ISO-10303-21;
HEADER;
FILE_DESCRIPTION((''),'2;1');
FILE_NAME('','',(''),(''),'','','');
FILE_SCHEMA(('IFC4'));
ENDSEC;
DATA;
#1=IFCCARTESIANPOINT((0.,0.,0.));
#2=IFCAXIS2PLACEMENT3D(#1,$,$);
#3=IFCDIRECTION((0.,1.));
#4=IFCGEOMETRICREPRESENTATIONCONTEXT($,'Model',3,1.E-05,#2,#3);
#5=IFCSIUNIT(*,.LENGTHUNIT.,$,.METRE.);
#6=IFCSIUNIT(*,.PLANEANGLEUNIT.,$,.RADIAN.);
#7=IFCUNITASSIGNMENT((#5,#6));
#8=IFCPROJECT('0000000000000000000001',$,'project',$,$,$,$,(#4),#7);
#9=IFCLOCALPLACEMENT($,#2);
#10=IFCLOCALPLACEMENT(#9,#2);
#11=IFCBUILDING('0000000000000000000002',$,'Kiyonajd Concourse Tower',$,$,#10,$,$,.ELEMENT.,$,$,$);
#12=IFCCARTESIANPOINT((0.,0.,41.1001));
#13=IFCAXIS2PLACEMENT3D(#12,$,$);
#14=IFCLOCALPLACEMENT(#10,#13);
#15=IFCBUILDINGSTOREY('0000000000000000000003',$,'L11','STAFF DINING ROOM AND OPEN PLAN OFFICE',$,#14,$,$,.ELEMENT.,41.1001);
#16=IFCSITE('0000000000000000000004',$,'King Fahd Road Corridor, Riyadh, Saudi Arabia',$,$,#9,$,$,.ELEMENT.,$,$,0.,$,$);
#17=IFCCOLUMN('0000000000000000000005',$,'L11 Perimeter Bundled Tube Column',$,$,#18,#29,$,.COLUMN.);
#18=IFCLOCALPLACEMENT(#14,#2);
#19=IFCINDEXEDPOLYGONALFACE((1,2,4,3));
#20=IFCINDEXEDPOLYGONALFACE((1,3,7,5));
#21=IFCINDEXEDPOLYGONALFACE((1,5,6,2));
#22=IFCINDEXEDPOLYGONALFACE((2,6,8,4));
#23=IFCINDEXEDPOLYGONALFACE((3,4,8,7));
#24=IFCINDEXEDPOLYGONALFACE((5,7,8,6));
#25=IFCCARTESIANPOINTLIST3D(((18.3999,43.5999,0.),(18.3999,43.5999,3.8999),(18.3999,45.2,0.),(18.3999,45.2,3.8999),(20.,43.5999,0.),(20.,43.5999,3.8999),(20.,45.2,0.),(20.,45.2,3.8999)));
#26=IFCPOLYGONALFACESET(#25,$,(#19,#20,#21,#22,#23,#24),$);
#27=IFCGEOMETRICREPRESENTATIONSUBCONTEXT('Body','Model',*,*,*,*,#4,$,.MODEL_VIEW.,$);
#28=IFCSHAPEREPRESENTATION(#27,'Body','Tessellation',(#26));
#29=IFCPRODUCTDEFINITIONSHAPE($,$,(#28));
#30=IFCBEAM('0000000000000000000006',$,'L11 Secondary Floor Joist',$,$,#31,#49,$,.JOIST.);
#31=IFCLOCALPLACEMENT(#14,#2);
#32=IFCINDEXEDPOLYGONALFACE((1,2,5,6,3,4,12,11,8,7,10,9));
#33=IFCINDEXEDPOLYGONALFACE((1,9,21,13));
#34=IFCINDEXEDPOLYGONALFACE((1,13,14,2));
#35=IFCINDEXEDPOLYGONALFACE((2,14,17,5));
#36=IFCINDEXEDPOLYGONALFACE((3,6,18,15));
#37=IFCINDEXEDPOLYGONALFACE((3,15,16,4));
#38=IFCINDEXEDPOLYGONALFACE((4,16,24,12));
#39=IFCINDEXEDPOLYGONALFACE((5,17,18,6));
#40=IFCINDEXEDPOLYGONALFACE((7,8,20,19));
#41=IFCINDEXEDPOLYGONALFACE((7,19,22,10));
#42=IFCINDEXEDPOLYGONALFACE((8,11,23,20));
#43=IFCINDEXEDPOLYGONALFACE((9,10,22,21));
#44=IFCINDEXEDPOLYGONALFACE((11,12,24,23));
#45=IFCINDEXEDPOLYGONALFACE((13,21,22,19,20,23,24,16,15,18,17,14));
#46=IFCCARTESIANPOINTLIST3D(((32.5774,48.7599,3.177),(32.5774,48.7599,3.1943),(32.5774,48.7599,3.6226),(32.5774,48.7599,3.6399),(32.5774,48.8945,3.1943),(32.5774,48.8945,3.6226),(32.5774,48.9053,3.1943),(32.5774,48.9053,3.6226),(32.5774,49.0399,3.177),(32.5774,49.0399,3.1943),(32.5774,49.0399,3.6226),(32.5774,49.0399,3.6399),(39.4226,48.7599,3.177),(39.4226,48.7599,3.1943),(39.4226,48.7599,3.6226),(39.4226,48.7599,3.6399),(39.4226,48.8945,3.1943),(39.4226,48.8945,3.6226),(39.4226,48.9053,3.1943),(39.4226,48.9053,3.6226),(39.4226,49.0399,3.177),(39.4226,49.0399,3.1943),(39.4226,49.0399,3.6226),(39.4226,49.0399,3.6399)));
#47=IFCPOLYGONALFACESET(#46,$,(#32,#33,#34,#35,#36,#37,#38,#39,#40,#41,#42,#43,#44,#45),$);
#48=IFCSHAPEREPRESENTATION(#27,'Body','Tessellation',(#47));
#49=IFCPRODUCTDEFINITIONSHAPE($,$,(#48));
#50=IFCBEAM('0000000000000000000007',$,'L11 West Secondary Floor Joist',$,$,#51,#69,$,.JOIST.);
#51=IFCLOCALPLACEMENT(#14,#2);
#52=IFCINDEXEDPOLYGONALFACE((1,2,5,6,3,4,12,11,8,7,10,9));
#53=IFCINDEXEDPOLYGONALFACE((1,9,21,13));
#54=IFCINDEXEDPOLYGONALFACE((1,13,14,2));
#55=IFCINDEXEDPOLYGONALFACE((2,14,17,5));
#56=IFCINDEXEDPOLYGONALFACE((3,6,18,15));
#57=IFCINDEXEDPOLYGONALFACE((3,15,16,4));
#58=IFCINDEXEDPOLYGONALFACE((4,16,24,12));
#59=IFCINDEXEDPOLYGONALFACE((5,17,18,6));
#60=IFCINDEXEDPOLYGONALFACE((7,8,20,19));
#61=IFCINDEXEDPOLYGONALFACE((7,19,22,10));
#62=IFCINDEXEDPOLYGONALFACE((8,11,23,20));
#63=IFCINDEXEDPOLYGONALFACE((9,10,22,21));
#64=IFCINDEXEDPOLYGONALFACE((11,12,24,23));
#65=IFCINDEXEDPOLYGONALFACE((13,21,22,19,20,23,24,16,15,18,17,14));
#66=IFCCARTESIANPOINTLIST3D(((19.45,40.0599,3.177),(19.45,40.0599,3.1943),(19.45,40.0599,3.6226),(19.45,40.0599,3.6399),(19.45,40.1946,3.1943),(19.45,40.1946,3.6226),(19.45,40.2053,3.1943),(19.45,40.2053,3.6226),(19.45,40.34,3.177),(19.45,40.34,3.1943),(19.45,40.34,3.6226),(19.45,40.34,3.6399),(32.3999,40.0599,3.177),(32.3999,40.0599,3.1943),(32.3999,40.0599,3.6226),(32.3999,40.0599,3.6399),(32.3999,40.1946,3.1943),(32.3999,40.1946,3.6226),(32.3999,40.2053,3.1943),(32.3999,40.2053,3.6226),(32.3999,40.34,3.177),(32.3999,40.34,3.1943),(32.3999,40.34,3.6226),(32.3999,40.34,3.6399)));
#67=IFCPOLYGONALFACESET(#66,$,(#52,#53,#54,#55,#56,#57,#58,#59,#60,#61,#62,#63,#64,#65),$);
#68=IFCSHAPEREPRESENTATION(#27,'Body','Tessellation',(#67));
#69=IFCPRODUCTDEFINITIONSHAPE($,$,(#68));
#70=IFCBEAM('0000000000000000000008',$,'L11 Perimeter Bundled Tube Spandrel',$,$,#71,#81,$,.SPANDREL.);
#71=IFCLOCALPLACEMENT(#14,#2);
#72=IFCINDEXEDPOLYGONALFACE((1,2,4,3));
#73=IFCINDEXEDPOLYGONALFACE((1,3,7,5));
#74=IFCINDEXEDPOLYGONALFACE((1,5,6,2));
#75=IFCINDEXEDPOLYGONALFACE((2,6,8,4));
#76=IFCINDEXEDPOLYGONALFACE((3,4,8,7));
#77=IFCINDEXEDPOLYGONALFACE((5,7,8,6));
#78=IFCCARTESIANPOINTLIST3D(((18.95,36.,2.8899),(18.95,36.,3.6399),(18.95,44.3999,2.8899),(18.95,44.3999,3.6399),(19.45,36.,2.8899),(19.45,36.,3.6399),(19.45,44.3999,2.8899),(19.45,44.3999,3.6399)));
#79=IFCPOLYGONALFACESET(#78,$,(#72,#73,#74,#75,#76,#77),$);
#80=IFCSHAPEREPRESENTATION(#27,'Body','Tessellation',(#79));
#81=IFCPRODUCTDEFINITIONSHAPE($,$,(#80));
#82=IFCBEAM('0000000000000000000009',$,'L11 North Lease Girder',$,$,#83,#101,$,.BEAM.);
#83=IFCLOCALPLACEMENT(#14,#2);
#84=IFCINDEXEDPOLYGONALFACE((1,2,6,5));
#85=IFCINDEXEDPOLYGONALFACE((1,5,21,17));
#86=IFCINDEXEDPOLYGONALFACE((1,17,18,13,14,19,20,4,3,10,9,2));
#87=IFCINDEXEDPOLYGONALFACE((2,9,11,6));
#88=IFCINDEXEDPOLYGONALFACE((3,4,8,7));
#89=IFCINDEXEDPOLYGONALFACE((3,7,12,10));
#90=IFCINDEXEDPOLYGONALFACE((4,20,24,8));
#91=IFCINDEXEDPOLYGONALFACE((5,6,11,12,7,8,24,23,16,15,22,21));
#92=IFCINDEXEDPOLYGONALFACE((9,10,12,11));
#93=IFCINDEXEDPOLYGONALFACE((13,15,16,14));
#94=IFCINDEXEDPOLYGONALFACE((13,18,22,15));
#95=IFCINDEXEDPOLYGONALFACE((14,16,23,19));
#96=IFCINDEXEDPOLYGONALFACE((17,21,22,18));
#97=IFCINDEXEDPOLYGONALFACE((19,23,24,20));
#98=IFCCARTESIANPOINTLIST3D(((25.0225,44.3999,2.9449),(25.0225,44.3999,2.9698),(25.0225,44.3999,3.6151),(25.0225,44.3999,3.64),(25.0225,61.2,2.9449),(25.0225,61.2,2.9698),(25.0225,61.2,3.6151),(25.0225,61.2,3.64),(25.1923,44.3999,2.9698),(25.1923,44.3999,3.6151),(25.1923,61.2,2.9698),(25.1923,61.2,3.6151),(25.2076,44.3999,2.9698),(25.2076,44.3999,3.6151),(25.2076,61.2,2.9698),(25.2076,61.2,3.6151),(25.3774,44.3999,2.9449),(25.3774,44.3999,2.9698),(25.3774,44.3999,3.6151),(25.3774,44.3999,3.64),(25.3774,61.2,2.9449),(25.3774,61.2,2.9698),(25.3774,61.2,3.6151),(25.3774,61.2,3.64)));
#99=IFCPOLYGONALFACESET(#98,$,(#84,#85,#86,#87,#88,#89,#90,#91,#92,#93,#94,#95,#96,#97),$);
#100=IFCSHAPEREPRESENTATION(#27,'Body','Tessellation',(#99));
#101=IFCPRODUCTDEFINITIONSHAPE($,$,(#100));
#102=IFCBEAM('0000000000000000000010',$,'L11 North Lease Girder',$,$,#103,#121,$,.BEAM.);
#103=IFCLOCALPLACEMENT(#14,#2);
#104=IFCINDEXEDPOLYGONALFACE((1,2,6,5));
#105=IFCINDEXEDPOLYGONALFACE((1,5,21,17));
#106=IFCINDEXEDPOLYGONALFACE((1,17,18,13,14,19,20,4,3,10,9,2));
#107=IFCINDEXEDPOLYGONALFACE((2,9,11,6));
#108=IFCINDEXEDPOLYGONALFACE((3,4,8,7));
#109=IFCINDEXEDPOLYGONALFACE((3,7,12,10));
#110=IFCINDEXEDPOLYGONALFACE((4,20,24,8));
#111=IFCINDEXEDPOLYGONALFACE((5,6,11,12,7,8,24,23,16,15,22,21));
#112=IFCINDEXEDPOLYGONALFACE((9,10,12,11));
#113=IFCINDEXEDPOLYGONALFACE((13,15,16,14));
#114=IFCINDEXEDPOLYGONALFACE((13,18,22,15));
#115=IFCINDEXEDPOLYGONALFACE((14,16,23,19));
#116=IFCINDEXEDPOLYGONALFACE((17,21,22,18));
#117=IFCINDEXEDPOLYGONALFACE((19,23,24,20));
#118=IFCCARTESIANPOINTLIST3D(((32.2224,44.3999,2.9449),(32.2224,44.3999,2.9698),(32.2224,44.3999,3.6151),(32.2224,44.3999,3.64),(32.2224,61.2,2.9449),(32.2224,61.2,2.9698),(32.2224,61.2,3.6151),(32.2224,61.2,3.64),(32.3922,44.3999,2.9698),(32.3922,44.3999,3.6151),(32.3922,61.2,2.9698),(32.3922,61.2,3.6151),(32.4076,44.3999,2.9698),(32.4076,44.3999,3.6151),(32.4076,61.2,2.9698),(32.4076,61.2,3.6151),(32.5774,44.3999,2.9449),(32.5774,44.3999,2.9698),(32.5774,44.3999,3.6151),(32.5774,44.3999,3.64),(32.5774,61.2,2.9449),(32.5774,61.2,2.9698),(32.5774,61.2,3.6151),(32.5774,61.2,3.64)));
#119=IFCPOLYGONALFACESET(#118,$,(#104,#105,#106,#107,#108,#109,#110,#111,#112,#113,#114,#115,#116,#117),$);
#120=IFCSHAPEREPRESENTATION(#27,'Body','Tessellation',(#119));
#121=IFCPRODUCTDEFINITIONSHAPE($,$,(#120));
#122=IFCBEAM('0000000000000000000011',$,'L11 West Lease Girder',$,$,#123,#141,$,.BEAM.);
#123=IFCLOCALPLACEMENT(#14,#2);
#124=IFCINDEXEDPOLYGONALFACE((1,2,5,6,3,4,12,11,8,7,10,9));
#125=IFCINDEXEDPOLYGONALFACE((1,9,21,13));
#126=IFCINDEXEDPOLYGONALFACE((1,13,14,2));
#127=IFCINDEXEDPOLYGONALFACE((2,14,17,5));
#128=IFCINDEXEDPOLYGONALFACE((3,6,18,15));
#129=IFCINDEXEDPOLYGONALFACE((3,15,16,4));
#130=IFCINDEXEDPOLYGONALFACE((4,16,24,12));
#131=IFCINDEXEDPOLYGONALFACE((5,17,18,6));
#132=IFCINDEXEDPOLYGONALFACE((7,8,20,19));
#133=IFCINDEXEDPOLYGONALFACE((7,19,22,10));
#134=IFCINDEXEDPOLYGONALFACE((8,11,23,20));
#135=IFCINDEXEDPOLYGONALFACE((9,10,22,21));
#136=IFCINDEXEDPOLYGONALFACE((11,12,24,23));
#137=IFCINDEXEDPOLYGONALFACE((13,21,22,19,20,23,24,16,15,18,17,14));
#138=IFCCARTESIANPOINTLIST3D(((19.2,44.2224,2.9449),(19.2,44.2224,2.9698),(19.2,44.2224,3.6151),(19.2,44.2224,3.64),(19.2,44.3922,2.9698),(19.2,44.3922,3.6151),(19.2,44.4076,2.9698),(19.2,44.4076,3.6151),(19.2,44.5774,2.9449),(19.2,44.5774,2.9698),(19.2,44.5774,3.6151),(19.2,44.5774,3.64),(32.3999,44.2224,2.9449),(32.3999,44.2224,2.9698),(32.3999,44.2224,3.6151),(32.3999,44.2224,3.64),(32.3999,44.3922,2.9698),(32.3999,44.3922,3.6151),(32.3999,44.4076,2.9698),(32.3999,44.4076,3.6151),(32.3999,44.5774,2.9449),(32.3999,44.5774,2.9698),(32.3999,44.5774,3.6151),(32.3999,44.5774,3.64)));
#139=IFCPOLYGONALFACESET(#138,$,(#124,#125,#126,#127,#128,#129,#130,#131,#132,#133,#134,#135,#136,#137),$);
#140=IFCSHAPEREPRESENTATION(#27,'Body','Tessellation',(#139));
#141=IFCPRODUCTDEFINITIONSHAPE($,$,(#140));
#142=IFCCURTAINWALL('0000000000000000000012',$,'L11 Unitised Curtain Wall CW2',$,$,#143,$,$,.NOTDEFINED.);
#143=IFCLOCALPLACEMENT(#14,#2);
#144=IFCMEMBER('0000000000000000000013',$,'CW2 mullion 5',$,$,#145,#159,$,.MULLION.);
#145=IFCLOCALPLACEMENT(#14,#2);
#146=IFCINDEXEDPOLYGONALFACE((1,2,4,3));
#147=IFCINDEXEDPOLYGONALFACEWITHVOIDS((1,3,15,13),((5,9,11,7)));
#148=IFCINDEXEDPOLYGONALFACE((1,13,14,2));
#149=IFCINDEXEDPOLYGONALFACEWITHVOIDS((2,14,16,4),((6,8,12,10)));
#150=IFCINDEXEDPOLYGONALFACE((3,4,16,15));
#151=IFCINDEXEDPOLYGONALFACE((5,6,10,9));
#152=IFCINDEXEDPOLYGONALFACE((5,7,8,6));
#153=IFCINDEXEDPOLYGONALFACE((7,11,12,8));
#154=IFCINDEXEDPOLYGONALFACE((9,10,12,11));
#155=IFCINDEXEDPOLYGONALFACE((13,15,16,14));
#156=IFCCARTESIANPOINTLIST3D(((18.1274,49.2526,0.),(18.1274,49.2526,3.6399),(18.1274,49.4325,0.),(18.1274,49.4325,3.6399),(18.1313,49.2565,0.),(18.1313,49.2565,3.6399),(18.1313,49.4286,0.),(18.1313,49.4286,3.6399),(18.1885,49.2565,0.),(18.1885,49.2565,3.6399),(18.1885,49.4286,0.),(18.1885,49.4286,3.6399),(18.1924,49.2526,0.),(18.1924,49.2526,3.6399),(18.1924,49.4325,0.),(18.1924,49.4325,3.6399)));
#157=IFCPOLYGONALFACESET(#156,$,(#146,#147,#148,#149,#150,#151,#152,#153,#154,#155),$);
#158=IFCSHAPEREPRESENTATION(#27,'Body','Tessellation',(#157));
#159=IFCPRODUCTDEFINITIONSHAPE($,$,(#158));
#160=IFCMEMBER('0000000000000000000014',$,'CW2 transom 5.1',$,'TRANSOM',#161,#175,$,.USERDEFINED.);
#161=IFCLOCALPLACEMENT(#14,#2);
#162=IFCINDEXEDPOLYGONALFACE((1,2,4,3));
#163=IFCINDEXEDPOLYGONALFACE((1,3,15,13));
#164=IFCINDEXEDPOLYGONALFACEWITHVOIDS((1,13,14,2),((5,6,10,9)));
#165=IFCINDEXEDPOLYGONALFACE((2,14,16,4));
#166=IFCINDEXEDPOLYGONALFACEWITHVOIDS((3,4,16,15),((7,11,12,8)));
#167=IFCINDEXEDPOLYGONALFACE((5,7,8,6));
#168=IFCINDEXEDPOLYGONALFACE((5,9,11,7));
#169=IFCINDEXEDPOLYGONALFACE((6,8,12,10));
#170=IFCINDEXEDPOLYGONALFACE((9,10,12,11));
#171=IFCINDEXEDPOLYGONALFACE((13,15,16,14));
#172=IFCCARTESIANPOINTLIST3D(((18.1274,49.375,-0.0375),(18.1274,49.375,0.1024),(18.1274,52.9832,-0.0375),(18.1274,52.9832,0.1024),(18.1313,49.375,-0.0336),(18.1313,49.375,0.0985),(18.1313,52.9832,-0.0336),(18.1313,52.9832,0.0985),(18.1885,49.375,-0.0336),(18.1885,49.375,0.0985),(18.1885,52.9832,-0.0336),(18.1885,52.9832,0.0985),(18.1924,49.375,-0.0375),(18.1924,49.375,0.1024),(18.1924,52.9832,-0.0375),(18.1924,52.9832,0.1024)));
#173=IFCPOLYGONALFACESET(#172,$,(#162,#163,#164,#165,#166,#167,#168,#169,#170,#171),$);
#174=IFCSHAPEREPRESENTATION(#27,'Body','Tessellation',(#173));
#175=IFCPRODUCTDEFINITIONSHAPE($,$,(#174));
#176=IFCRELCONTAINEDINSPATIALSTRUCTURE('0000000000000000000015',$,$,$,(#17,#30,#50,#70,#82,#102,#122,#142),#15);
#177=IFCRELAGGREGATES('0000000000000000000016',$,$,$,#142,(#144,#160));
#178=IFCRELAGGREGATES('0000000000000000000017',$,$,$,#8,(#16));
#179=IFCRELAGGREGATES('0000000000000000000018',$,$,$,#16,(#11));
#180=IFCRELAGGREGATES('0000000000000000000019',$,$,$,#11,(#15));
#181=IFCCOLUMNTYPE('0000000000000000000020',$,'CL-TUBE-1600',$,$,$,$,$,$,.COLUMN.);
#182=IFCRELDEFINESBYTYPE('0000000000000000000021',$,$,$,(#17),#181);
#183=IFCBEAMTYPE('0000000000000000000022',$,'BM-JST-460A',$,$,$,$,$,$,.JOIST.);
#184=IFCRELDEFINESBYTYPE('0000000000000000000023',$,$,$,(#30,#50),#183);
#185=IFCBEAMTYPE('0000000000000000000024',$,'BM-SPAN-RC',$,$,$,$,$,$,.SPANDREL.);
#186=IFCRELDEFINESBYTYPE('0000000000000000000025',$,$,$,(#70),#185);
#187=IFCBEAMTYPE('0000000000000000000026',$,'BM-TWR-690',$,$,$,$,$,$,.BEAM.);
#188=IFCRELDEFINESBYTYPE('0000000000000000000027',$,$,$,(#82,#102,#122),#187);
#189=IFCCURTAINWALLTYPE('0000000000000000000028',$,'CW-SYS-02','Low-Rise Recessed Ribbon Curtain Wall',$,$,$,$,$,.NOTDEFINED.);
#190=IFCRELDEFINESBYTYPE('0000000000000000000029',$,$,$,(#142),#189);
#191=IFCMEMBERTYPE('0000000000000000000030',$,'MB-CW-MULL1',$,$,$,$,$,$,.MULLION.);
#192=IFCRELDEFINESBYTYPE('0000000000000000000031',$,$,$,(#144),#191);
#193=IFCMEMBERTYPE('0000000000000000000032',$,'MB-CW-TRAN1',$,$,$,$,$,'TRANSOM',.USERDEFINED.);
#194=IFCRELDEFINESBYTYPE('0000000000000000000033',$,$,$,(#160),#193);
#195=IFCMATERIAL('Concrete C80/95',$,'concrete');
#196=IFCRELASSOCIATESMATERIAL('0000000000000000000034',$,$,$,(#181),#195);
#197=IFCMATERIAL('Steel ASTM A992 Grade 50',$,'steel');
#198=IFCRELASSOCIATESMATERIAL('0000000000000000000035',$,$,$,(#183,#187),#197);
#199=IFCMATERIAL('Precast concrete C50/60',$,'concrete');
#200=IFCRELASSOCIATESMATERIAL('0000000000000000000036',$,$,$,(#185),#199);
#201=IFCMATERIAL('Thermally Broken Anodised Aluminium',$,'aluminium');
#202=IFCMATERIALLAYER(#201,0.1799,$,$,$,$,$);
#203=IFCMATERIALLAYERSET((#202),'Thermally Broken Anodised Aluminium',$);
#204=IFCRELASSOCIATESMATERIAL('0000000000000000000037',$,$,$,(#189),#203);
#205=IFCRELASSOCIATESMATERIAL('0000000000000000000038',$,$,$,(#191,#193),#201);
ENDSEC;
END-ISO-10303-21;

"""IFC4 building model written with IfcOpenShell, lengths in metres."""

from ifc_helpers import new_model, si_unit, direction, frame, origin, origin_2d, place, context, subcontext, project, spatial, rectangle, hollow_rectangle, i_section, extrude, material, layer, layer_set, material_profile, profile_set, type_object, element, aggregate, save


model = new_model("IFC4")

# Units and contexts
model_context = context("Model", 3, precision=1e-05, world=origin(), true_north=direction((0.0, 1.0)))
body_context = subcontext(model_context, "Body", "Model", "MODEL_VIEW")
ifc_project = project(units=[si_unit("LENGTHUNIT", "METRE"), si_unit("PLANEANGLEUNIT", "RADIAN")], contexts=[model_context])

# Site, building, storey
site_placement = place(None, origin())
site = spatial("IfcSite", under=ifc_project, at=site_placement, Name="King Fahd Road Corridor, Riyadh, Saudi Arabia", CompositionType="ELEMENT", RefElevation=0.0)
building_placement = place(site_placement, origin())
building = spatial("IfcBuilding", under=site, at=building_placement, Name="Kiyonajd Concourse Tower", CompositionType="ELEMENT")
storey_placement = place(building_placement, frame((0.0, 0.0, 41.1001)))
storey = spatial("IfcBuildingStorey", under=building, at=storey_placement, Name="L11", Description="STAFF DINING ROOM AND OPEN PLAN OFFICE", CompositionType="ELEMENT", Elevation=41.1001)

# Column
ifc_material_1 = material(Name="Concrete C80/95", Category="concrete")
ifc_material_profile_1 = material_profile(ifc_material_1, rectangle(XDim=1.6001, YDim=1.6001, at=origin_2d()), Name="RC-1600x1600")
ifc_profile_set_1 = profile_set([ifc_material_profile_1], Name="Concrete C80/95")
column_type = type_object("IfcColumnType", Name="CL-TUBE-1600", PredefinedType="COLUMN", material=ifc_profile_set_1)
column_placement = place(storey_placement, frame((19.2, 44.3999, 0.0), z_axis=(0.0, 0.0, 1.0), x_axis=(1.0, 0.0, 0.0)))
element("IfcColumn", 1, at=column_placement, inside=storey, type_object=column_type, Name="L11 Perimeter Bundled Tube Column", PredefinedType="COLUMN", context=body_context, shape_type="SweptSolid", body=[
    extrude(rectangle(XDim=1.6001, YDim=1.6001, at=origin_2d()), origin(), (0.0, 0.0, 1.0), 3.8999),
])

# Beams
ifc_material_2 = material(Name="Steel ASTM A992 Grade 50", Category="steel")
ifc_material_profile_2 = material_profile(ifc_material_2, i_section(OverallWidth=0.28, OverallDepth=0.4629, WebThickness=0.0107, FlangeThickness=0.0173, at=origin_2d()), Name="W460X113")
ifc_profile_set_2 = profile_set([ifc_material_profile_2], Name="Steel ASTM A992 Grade 50")
beam_type_1 = type_object("IfcBeamType", Name="BM-JST-460A", PredefinedType="JOIST", material=ifc_profile_set_2)
beam_1_placement = place(storey_placement, frame((32.5774, 48.8999, 3.4084), z_axis=(1.0, 0.0, 0.0), x_axis=(0.0, 1.0, 0.0)))
element("IfcBeam", 2, at=beam_1_placement, inside=storey, type_object=beam_type_1, Name="L11 Secondary Floor Joist", PredefinedType="JOIST", context=body_context, shape_type="SweptSolid", body=[
    extrude(i_section(OverallWidth=0.28, OverallDepth=0.4629, WebThickness=0.0107, FlangeThickness=0.0173, at=origin_2d()), origin(), (0.0, 0.0, 1.0), 6.8452),
])
beam_2_placement = place(storey_placement, frame((19.45, 40.2, 3.4084), z_axis=(1.0, 0.0, 0.0), x_axis=(0.0, 1.0, 0.0)))
element("IfcBeam", 3, at=beam_2_placement, inside=storey, type_object=beam_type_1, Name="L11 West Secondary Floor Joist", PredefinedType="JOIST", context=body_context, shape_type="SweptSolid", body=[
    extrude(i_section(OverallWidth=0.28, OverallDepth=0.4629, WebThickness=0.0107, FlangeThickness=0.0173, at=origin_2d()), origin(), (0.0, 0.0, 1.0), 12.95),
])
ifc_material_3 = material(Name="Precast concrete C50/60", Category="concrete")
ifc_material_profile_3 = material_profile(ifc_material_3, rectangle(XDim=0.5, YDim=0.75, at=origin_2d()), Name="RCBM-500x750")
ifc_profile_set_3 = profile_set([ifc_material_profile_3], Name="Precast concrete C50/60")
beam_type_2 = type_object("IfcBeamType", Name="BM-SPAN-RC", PredefinedType="SPANDREL", material=ifc_profile_set_3)
beam_3_placement = place(storey_placement, frame((19.2, 44.3999, 3.2649), z_axis=(0.0, -1.0, 0.0), x_axis=(1.0, 0.0, 0.0)))
element("IfcBeam", 4, at=beam_3_placement, inside=storey, type_object=beam_type_2, Name="L11 Perimeter Bundled Tube Spandrel", PredefinedType="SPANDREL", context=body_context, shape_type="SweptSolid", body=[
    extrude(rectangle(XDim=0.5, YDim=0.75, at=origin_2d()), origin(), (0.0, 0.0, 1.0), 8.3999),
])
ifc_material_profile_4 = material_profile(ifc_material_2, i_section(OverallWidth=0.355, OverallDepth=0.6951, WebThickness=0.0154, FlangeThickness=0.0249, at=origin_2d()), Name="W690X217")
ifc_profile_set_4 = profile_set([ifc_material_profile_4], Name="Steel ASTM A992 Grade 50")
beam_type_3 = type_object("IfcBeamType", Name="BM-TWR-690", PredefinedType="BEAM", material=ifc_profile_set_4)
for number, where, z_axis, x_axis, name in (
    (5, (25.2, 44.3999, 3.2925), (0.0, 1.0, 0.0), (-1.0, 0.0, 0.0), "L11 North Lease Girder"),
    (6, (32.3999, 44.3999, 3.2925), (0.0, 1.0, 0.0), (-1.0, 0.0, 0.0), "L11 North Lease Girder"),
):
    element("IfcBeam", number, at=place(storey_placement, frame(where, z_axis=z_axis, x_axis=x_axis)), inside=storey, type_object=beam_type_3, Name=name, PredefinedType="BEAM", context=body_context, shape_type="SweptSolid", body=[
        extrude(i_section(OverallWidth=0.355, OverallDepth=0.6951, WebThickness=0.0154, FlangeThickness=0.0249, at=origin_2d()), origin(), (0.0, 0.0, 1.0), 16.8),
    ])
beam_4_placement = place(storey_placement, frame((19.2, 44.3999, 3.2925), z_axis=(1.0, 0.0, 0.0), x_axis=(0.0, 1.0, 0.0)))
element("IfcBeam", 7, at=beam_4_placement, inside=storey, type_object=beam_type_3, Name="L11 West Lease Girder", PredefinedType="BEAM", context=body_context, shape_type="SweptSolid", body=[
    extrude(i_section(OverallWidth=0.355, OverallDepth=0.6951, WebThickness=0.0154, FlangeThickness=0.0249, at=origin_2d()), origin(), (0.0, 0.0, 1.0), 13.2),
])

# Curtain wall, members
ifc_material_4 = material(Name="Thermally Broken Anodised Aluminium", Category="aluminium")
ifc_layer_1 = layer(ifc_material_4, 0.1799)
ifc_layer_set_1 = layer_set([ifc_layer_1], Name="Thermally Broken Anodised Aluminium")
curtain_wall_type = type_object("IfcCurtainWallType", Name="CW-SYS-02", Description="Low-Rise Recessed Ribbon Curtain Wall", PredefinedType="NOTDEFINED", material=ifc_layer_set_1)
curtain_wall_placement = place(storey_placement, origin())
curtain_wall = element("IfcCurtainWall", 8, at=curtain_wall_placement, inside=storey, type_object=curtain_wall_type, Name="L11 Unitised Curtain Wall CW2", PredefinedType="NOTDEFINED")
ifc_material_profile_5 = material_profile(ifc_material_4, hollow_rectangle(XDim=0.0649, YDim=0.1799, WallThickness=0.0039, at=origin_2d()), Name="MULL-65x180")
ifc_profile_set_5 = profile_set([ifc_material_profile_5], Name="Thermally Broken Anodised Aluminium")
member_type_1 = type_object("IfcMemberType", Name="MB-CW-MULL1", PredefinedType="MULLION", material=ifc_profile_set_5)
member_1_placement = place(storey_placement, frame((18.1599, 49.3425, 0.0), z_axis=(0.0, 0.0, 1.0), x_axis=(-1.0, 0.0, 0.0)))
member_1 = element("IfcMember", 9, at=member_1_placement, type_object=member_type_1, Name="CW2 mullion 5", PredefinedType="MULLION", context=body_context, shape_type="SweptSolid", body=[
    extrude(hollow_rectangle(XDim=0.0649, YDim=0.1799, WallThickness=0.0039, at=origin_2d()), origin(), (0.0, 0.0, 1.0), 3.6399),
])
ifc_material_profile_6 = material_profile(ifc_material_4, hollow_rectangle(XDim=0.0649, YDim=0.1399, WallThickness=0.0039, at=origin_2d()), Name="TRAN-65x140")
ifc_profile_set_6 = profile_set([ifc_material_profile_6], Name="Thermally Broken Anodised Aluminium")
member_type_2 = type_object("IfcMemberType", Name="MB-CW-TRAN1", ElementType="TRANSOM", PredefinedType="USERDEFINED", material=ifc_profile_set_6)
member_2_placement = place(storey_placement, frame((18.1599, 49.375, 0.0325), z_axis=(0.0, 1.0, 0.0), x_axis=(-1.0, 0.0, 0.0)))
member_2 = element("IfcMember", 10, at=member_2_placement, type_object=member_type_2, Name="CW2 transom 5.1", ObjectType="TRANSOM", PredefinedType="USERDEFINED", context=body_context, shape_type="SweptSolid", body=[
    extrude(hollow_rectangle(XDim=0.0649, YDim=0.1399, WallThickness=0.0039, at=origin_2d()), origin(), (0.0, 0.0, 1.0), 3.6082),
])
aggregate(curtain_wall, [member_1, member_2])

save(model, "model.ifc")
